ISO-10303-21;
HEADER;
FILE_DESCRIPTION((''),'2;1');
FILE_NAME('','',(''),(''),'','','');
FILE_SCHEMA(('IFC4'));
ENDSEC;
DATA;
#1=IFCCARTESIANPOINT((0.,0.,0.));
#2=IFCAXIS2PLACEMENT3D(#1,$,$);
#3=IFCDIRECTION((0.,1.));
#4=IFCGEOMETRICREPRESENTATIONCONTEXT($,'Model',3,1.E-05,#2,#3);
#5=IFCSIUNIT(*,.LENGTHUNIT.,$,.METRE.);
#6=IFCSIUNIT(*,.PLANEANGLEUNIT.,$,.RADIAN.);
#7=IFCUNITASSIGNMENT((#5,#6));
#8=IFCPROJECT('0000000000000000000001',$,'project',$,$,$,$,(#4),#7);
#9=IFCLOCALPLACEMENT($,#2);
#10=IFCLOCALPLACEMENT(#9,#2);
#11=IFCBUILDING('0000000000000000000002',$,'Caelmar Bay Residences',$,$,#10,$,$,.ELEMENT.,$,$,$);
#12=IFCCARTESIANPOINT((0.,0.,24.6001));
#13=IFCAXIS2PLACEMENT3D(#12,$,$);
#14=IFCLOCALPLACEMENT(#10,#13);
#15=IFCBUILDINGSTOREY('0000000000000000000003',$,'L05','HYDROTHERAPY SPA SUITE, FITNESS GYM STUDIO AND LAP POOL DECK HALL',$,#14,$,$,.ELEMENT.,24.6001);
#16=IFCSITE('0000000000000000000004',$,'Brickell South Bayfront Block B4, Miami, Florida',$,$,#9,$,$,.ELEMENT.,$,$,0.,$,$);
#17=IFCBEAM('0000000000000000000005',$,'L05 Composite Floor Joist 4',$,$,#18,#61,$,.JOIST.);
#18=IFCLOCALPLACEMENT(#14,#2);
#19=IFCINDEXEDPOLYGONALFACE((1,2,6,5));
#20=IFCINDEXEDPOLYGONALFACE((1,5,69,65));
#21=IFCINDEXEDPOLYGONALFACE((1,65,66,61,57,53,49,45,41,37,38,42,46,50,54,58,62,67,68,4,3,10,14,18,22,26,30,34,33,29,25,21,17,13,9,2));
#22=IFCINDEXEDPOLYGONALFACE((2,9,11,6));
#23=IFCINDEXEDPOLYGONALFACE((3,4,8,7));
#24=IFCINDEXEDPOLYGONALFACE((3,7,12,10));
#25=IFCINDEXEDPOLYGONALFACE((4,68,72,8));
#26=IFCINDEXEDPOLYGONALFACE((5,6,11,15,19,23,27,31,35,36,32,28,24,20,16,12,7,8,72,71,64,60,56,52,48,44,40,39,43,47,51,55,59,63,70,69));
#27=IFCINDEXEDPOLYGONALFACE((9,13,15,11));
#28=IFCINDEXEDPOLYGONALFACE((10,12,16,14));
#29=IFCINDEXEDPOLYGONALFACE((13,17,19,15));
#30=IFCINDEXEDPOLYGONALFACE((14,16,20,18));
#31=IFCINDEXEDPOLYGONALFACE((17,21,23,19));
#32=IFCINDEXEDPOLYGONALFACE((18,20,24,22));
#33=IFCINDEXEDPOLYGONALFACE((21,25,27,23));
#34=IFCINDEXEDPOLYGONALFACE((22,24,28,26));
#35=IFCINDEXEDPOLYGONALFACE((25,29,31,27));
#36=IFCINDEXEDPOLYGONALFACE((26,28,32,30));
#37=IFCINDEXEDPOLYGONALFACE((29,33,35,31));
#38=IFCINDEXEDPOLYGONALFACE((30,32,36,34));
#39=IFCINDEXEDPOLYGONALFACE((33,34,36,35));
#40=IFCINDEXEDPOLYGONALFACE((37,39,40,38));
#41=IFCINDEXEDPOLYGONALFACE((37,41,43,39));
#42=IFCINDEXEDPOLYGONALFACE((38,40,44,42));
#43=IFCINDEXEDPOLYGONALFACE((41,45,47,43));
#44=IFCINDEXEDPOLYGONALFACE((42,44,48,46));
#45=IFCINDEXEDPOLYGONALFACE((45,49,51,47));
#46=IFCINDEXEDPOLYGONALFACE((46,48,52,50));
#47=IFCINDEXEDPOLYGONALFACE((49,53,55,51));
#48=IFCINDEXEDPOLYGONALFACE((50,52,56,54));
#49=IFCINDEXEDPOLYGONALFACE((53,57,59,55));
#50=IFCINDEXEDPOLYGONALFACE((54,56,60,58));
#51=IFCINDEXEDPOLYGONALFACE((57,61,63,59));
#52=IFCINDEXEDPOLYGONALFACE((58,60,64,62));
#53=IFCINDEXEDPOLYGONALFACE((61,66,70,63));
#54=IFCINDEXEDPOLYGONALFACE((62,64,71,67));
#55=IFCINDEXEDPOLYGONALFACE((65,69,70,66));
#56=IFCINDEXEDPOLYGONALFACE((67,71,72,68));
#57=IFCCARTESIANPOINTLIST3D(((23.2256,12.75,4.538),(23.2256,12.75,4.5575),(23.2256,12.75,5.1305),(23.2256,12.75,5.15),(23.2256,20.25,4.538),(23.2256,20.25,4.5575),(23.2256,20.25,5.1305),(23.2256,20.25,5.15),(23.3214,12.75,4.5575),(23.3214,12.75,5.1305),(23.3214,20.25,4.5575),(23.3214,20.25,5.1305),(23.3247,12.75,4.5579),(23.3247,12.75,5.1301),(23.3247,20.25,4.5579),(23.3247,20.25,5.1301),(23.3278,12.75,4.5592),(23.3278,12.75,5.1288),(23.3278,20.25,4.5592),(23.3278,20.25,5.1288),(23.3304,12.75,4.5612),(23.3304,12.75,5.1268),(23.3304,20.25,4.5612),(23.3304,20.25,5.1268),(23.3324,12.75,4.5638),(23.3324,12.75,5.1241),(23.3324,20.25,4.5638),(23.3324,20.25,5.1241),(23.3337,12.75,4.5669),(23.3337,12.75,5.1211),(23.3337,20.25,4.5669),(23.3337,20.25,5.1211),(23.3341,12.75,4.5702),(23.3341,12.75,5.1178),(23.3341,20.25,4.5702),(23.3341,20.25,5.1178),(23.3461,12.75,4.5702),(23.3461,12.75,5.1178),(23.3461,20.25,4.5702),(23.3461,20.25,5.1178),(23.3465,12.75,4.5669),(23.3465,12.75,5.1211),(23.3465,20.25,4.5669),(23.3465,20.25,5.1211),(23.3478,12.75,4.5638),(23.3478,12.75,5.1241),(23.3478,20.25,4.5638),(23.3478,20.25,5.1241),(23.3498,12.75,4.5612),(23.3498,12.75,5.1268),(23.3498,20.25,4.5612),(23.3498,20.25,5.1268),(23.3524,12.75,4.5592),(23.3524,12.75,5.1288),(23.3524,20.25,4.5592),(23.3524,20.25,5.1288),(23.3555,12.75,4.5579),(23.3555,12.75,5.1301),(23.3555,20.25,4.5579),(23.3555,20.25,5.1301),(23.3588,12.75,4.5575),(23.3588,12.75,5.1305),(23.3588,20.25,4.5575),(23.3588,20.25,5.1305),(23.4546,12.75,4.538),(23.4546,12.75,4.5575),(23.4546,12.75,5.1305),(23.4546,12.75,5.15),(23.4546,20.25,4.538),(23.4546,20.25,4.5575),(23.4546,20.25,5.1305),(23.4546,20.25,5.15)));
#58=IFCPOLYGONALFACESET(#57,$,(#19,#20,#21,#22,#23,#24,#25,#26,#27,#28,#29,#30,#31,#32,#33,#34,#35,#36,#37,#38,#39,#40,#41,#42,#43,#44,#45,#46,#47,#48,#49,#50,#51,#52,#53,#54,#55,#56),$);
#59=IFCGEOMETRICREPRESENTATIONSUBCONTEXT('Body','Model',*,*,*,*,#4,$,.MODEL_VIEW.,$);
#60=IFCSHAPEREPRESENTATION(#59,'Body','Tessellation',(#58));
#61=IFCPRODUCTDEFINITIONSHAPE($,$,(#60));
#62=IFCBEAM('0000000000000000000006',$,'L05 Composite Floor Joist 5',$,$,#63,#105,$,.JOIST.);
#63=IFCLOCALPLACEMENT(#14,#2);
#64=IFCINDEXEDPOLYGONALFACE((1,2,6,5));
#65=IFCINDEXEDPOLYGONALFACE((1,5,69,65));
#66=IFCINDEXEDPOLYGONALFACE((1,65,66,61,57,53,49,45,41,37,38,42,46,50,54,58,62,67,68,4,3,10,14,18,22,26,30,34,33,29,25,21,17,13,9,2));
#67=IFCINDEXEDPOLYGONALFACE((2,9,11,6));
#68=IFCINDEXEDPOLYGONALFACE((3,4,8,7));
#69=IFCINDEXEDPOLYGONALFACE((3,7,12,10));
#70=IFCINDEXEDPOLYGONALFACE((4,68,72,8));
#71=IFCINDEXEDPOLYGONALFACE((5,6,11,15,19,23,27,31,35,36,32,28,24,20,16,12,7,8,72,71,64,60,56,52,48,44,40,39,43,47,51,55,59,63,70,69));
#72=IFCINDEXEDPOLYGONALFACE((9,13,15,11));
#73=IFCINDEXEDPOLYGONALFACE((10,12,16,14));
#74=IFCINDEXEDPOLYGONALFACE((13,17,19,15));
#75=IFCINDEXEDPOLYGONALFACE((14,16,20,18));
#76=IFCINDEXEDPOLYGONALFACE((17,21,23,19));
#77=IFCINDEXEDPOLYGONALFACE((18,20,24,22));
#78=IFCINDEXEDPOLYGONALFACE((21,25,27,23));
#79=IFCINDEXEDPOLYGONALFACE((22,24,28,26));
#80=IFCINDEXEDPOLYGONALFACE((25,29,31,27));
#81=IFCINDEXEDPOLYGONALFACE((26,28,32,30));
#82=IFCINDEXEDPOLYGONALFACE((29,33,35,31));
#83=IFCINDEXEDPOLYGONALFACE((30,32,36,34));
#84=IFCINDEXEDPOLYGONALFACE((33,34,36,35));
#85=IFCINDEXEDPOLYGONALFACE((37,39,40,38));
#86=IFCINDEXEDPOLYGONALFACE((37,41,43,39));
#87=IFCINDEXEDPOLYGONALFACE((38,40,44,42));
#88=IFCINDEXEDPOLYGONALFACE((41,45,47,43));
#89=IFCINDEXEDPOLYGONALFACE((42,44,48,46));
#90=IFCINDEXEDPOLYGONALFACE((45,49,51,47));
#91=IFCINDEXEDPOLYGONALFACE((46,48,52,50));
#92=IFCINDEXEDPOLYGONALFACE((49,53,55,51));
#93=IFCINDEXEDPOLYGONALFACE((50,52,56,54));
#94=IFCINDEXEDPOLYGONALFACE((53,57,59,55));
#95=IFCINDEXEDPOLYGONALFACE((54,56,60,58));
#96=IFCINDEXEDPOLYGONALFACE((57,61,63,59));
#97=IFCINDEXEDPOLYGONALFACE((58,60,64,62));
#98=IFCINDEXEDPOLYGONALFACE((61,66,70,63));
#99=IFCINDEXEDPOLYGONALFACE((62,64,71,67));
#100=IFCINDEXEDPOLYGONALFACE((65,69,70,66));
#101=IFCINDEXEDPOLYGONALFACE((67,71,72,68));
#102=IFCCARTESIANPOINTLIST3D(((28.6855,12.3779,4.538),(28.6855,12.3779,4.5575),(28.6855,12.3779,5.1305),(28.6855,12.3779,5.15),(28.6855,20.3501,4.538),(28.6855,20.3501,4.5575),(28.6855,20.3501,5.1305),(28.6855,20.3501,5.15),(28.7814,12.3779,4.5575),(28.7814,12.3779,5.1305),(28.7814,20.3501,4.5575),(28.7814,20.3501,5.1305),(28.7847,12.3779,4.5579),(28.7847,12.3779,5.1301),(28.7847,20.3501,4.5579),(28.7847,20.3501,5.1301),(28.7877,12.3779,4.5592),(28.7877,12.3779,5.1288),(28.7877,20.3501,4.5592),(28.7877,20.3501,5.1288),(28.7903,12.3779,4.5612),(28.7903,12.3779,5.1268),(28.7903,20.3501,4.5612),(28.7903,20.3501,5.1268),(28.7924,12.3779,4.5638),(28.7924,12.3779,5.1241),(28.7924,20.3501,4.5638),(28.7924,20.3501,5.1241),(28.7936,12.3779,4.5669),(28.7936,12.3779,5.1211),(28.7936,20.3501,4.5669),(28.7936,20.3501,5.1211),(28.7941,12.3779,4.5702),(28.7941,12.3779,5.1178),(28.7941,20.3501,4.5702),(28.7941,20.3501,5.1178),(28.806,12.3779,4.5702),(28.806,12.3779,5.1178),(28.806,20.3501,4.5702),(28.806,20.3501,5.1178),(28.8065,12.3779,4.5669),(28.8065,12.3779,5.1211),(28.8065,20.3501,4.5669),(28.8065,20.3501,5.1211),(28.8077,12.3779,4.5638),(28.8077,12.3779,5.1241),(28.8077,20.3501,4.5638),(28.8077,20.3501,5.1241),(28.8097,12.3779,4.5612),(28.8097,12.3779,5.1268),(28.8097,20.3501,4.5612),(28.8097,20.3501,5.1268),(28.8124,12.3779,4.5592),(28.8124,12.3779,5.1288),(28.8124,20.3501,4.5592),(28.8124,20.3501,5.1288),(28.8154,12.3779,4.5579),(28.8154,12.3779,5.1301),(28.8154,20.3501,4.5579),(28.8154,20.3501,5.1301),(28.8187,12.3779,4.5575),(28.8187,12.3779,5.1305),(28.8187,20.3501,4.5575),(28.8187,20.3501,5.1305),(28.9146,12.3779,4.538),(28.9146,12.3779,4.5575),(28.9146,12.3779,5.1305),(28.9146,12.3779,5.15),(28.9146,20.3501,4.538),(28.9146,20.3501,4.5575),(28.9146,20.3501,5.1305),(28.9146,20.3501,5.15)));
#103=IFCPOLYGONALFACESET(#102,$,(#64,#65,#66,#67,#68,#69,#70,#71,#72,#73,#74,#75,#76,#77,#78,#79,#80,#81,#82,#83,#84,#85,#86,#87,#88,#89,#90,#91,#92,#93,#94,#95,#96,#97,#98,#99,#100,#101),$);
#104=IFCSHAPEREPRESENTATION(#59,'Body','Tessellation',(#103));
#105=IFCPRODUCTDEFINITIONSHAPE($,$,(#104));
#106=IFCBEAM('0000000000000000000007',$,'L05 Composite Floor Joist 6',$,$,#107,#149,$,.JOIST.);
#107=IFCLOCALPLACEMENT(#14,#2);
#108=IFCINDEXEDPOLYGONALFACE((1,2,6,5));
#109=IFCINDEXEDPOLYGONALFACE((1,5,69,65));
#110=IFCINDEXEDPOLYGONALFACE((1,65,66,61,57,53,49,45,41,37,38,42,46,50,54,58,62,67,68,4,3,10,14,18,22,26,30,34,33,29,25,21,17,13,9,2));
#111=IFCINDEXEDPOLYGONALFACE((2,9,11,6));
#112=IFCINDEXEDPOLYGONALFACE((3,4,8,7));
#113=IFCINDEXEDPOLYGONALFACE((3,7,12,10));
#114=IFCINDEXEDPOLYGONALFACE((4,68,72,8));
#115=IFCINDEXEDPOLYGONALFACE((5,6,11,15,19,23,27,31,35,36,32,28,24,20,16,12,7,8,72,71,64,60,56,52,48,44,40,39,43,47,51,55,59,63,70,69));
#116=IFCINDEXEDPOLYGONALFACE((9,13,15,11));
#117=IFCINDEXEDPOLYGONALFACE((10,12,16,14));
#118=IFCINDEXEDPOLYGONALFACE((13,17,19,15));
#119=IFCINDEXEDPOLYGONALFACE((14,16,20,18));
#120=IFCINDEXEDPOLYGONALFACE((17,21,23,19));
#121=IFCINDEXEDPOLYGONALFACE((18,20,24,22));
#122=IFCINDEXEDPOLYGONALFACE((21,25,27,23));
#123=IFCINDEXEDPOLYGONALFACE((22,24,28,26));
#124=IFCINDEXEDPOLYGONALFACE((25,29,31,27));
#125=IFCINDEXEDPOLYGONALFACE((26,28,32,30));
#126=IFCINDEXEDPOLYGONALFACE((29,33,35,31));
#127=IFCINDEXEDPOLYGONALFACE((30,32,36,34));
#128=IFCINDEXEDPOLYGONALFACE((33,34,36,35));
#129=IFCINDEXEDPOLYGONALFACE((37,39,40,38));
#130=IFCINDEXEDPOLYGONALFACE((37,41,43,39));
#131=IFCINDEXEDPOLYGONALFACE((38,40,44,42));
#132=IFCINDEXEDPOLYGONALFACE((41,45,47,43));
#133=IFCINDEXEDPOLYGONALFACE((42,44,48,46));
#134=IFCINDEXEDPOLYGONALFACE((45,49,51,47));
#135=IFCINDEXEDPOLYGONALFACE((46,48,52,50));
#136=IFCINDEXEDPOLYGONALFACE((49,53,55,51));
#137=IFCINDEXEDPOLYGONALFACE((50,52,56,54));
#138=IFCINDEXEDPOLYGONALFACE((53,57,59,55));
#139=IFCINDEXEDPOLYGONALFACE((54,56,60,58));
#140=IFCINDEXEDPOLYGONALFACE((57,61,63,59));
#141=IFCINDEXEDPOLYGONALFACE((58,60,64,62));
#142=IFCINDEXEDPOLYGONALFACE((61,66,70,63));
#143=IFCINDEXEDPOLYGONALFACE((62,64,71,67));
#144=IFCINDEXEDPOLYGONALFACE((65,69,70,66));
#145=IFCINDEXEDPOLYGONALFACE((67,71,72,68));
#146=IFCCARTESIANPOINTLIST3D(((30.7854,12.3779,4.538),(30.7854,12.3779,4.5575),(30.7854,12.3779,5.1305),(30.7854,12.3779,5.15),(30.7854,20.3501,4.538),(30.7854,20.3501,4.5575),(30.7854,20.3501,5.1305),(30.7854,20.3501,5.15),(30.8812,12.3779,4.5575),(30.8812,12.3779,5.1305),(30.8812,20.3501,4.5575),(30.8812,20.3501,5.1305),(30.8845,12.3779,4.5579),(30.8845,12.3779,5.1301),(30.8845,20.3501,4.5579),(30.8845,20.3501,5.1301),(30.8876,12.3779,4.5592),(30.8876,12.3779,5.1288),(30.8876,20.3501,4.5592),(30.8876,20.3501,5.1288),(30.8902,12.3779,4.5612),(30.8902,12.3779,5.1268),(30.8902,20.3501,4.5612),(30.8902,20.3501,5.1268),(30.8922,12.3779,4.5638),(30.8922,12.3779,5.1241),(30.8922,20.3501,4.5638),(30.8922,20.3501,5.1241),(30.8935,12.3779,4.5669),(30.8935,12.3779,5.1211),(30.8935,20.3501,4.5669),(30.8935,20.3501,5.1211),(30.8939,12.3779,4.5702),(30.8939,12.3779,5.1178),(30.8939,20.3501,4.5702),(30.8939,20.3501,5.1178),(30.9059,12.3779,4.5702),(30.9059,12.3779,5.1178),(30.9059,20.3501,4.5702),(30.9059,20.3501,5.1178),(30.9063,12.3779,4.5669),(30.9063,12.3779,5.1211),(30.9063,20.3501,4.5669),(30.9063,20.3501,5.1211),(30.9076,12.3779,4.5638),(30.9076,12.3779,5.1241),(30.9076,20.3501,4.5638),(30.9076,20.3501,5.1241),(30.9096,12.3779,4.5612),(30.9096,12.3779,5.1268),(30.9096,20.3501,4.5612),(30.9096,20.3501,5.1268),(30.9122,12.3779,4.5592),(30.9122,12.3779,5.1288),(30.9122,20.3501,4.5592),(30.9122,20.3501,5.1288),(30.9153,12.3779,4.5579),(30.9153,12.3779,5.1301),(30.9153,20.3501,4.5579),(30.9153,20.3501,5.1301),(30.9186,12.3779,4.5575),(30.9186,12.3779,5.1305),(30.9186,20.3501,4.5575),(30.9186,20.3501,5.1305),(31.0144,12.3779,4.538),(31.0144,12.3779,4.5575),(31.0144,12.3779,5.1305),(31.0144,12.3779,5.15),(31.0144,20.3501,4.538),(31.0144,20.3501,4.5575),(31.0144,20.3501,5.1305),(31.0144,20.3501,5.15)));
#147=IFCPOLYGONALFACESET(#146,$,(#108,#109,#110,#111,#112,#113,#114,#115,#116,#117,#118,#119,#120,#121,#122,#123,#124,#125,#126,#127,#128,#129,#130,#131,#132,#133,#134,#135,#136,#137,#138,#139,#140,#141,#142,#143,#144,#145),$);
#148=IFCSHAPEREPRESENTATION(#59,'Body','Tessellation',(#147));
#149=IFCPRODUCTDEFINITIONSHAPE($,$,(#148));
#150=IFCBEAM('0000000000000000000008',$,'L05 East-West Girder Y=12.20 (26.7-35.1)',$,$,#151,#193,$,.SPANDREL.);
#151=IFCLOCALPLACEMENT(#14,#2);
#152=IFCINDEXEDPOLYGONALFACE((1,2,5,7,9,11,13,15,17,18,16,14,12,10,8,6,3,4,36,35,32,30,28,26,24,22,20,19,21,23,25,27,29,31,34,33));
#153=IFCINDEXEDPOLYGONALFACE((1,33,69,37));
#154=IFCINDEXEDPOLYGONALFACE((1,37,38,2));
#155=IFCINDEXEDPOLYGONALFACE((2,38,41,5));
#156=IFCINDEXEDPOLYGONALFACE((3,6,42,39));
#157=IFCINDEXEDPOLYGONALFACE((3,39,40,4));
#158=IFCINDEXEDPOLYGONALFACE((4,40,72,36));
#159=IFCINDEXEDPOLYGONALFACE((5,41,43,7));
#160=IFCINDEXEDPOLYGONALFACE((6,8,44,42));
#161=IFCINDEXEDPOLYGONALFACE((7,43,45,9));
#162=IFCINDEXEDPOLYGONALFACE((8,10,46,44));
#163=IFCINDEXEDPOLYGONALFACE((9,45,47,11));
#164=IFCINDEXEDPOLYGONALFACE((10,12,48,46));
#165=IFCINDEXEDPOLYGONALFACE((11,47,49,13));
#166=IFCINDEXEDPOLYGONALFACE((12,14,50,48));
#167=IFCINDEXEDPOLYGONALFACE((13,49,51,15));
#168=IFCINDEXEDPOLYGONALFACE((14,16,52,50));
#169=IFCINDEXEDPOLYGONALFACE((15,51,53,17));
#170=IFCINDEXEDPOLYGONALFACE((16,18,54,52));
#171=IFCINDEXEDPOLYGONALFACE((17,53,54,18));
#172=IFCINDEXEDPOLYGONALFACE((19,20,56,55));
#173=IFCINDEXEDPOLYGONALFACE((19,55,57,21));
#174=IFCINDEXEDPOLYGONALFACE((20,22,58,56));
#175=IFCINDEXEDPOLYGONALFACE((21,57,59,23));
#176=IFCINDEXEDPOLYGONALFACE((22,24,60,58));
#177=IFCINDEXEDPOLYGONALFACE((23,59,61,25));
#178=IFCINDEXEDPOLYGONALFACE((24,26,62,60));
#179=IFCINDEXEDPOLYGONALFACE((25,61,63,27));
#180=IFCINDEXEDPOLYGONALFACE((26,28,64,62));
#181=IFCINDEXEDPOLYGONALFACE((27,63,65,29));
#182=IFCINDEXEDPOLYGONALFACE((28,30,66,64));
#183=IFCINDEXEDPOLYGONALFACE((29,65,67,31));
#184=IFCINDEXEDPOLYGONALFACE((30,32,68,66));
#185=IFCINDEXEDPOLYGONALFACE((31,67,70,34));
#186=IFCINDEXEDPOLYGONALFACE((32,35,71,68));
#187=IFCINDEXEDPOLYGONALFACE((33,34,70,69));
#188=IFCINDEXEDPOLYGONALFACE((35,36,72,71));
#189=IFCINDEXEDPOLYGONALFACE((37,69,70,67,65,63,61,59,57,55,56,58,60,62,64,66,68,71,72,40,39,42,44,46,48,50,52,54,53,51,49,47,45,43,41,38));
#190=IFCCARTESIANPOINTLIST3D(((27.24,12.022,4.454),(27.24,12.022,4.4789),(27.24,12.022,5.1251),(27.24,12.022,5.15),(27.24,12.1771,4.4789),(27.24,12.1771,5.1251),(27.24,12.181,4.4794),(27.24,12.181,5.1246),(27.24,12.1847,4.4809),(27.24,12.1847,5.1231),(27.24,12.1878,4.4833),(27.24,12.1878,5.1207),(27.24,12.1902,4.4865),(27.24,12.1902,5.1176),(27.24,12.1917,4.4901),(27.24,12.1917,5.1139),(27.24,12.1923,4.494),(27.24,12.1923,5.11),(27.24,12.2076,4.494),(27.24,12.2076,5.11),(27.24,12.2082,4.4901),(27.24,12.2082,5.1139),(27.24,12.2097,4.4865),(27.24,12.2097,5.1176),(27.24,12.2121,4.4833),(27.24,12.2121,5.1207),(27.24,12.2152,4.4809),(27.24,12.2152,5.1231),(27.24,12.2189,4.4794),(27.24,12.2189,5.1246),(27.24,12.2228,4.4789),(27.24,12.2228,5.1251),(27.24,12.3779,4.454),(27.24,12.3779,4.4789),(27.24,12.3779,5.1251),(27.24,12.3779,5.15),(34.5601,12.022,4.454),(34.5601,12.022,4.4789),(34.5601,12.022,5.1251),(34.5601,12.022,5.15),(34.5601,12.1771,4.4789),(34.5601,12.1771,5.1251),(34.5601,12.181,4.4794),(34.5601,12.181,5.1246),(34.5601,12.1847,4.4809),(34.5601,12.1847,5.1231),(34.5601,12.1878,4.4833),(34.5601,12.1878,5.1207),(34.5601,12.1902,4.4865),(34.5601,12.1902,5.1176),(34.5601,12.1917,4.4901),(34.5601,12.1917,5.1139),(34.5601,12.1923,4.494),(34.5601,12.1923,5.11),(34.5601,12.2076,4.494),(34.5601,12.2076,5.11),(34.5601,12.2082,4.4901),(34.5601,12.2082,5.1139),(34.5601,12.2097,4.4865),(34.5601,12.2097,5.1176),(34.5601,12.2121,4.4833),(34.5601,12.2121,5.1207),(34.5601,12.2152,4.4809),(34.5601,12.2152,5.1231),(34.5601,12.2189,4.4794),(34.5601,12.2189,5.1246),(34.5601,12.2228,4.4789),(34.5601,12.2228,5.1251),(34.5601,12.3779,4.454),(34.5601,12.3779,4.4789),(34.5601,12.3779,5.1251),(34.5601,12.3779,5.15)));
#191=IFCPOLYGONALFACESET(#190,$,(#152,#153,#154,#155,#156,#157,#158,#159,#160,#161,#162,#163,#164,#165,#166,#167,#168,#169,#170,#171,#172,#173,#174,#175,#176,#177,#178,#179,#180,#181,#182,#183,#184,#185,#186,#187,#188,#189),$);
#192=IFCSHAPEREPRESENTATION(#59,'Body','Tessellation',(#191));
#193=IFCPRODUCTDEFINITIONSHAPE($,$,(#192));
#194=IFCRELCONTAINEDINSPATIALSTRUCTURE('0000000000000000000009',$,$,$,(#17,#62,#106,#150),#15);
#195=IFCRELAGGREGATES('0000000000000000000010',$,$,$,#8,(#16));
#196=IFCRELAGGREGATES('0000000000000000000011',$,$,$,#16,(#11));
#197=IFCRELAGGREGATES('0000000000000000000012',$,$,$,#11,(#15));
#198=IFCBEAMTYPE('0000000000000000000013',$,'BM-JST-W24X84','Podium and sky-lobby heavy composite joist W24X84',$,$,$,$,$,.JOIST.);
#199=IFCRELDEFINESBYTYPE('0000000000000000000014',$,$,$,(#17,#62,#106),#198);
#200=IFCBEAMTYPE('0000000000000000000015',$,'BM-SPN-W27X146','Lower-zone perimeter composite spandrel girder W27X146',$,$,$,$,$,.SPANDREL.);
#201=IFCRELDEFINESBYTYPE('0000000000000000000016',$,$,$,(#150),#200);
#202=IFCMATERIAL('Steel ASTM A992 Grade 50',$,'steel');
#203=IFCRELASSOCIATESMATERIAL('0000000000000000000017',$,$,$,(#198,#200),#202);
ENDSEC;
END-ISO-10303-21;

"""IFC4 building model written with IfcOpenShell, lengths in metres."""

from ifc_helpers import new_model, si_unit, direction, frame, origin, origin_2d, place, context, subcontext, project, spatial, i_section, extrude, material, material_profile, profile_set, type_object, element, save


model = new_model("IFC4")

# Units and contexts
model_context = context("Model", 3, precision=1e-05, world=origin(), true_north=direction((0.0, 1.0)))
body_context = subcontext(model_context, "Body", "Model", "MODEL_VIEW")
ifc_project = project(units=[si_unit("LENGTHUNIT", "METRE"), si_unit("PLANEANGLEUNIT", "RADIAN")], contexts=[model_context])

# Site, building, storey
site_placement = place(None, origin())
site = spatial("IfcSite", under=ifc_project, at=site_placement, Name="Brickell South Bayfront Block B4, Miami, Florida", CompositionType="ELEMENT", RefElevation=0.0)
building_placement = place(site_placement, origin())
building = spatial("IfcBuilding", under=site, at=building_placement, Name="Caelmar Bay Residences", CompositionType="ELEMENT")
storey_placement = place(building_placement, frame((0.0, 0.0, 24.6001)))
storey = spatial("IfcBuildingStorey", under=building, at=storey_placement, Name="L05", Description="HYDROTHERAPY SPA SUITE, FITNESS GYM STUDIO AND LAP POOL DECK HALL", CompositionType="ELEMENT", Elevation=24.6001)

# Beams
ifc_material_1 = material(Name="Steel ASTM A992 Grade 50", Category="steel")
ifc_material_profile_1 = material_profile(ifc_material_1, i_section(OverallWidth=0.229, OverallDepth=0.6121, WebThickness=0.012, FlangeThickness=0.0195, FilletRadius=0.0127, at=origin_2d()), Name="W24X84")
ifc_profile_set_1 = profile_set([ifc_material_profile_1], Name="Steel ASTM A992 Grade 50")
beam_type_1 = type_object("IfcBeamType", Name="BM-JST-W24X84", Description="Podium and sky-lobby heavy composite joist W24X84", PredefinedType="JOIST", material=ifc_profile_set_1)
for number, where, z_axis, x_axis, name in (
    (1, (23.3401, 12.75, 4.844), (0.0, 1.0, 0.0), (-1.0, 0.0, 0.0), "L05 Composite Floor Joist 4"),
):
    element("IfcBeam", number, at=place(storey_placement, frame(where, z_axis=z_axis, x_axis=x_axis)), inside=storey, type_object=beam_type_1, Name=name, PredefinedType="JOIST", context=body_context, shape_type="SweptSolid", body=[
        extrude(i_section(OverallWidth=0.229, OverallDepth=0.6121, WebThickness=0.012, FlangeThickness=0.0195, FilletRadius=0.0127, at=origin_2d()), origin(), (0.0, 0.0, 1.0), 7.5),
    ])
for number, where, z_axis, x_axis, name in (
    (2, (28.8, 12.3779, 4.844), (0.0, 1.0, 0.0), (-1.0, 0.0, 0.0), "L05 Composite Floor Joist 5"),
    (3, (30.8999, 12.3779, 4.844), (0.0, 1.0, 0.0), (-1.0, 0.0, 0.0), "L05 Composite Floor Joist 6"),
):
    element("IfcBeam", number, at=place(storey_placement, frame(where, z_axis=z_axis, x_axis=x_axis)), inside=storey, type_object=beam_type_1, Name=name, PredefinedType="JOIST", context=body_context, shape_type="SweptSolid", body=[
        extrude(i_section(OverallWidth=0.229, OverallDepth=0.6121, WebThickness=0.012, FlangeThickness=0.0195, FilletRadius=0.0127, at=origin_2d()), origin(), (0.0, 0.0, 1.0), 7.9722),
    ])
ifc_material_profile_2 = material_profile(ifc_material_1, i_section(OverallWidth=0.356, OverallDepth=0.696, WebThickness=0.0154, FlangeThickness=0.0249, FilletRadius=0.0151, at=origin_2d()), Name="W27X146")
ifc_profile_set_2 = profile_set([ifc_material_profile_2], Name="Steel ASTM A992 Grade 50")
beam_type_2 = type_object("IfcBeamType", Name="BM-SPN-W27X146", Description="Lower-zone perimeter composite spandrel girder W27X146", PredefinedType="SPANDREL", material=ifc_profile_set_2)
beam_1_placement = place(storey_placement, frame((27.24, 12.2, 4.802), z_axis=(1.0, 0.0, 0.0), x_axis=(0.0, 1.0, 0.0)))
element("IfcBeam", 4, at=beam_1_placement, inside=storey, type_object=beam_type_2, Name="L05 East-West Girder Y=12.20 (26.7-35.1)", PredefinedType="SPANDREL", context=body_context, shape_type="SweptSolid", body=[
    extrude(i_section(OverallWidth=0.356, OverallDepth=0.696, WebThickness=0.0154, FlangeThickness=0.0249, FilletRadius=0.0151, at=origin_2d()), origin(), (0.0, 0.0, 1.0), 7.3201),
])

save(model, "model.ifc")
